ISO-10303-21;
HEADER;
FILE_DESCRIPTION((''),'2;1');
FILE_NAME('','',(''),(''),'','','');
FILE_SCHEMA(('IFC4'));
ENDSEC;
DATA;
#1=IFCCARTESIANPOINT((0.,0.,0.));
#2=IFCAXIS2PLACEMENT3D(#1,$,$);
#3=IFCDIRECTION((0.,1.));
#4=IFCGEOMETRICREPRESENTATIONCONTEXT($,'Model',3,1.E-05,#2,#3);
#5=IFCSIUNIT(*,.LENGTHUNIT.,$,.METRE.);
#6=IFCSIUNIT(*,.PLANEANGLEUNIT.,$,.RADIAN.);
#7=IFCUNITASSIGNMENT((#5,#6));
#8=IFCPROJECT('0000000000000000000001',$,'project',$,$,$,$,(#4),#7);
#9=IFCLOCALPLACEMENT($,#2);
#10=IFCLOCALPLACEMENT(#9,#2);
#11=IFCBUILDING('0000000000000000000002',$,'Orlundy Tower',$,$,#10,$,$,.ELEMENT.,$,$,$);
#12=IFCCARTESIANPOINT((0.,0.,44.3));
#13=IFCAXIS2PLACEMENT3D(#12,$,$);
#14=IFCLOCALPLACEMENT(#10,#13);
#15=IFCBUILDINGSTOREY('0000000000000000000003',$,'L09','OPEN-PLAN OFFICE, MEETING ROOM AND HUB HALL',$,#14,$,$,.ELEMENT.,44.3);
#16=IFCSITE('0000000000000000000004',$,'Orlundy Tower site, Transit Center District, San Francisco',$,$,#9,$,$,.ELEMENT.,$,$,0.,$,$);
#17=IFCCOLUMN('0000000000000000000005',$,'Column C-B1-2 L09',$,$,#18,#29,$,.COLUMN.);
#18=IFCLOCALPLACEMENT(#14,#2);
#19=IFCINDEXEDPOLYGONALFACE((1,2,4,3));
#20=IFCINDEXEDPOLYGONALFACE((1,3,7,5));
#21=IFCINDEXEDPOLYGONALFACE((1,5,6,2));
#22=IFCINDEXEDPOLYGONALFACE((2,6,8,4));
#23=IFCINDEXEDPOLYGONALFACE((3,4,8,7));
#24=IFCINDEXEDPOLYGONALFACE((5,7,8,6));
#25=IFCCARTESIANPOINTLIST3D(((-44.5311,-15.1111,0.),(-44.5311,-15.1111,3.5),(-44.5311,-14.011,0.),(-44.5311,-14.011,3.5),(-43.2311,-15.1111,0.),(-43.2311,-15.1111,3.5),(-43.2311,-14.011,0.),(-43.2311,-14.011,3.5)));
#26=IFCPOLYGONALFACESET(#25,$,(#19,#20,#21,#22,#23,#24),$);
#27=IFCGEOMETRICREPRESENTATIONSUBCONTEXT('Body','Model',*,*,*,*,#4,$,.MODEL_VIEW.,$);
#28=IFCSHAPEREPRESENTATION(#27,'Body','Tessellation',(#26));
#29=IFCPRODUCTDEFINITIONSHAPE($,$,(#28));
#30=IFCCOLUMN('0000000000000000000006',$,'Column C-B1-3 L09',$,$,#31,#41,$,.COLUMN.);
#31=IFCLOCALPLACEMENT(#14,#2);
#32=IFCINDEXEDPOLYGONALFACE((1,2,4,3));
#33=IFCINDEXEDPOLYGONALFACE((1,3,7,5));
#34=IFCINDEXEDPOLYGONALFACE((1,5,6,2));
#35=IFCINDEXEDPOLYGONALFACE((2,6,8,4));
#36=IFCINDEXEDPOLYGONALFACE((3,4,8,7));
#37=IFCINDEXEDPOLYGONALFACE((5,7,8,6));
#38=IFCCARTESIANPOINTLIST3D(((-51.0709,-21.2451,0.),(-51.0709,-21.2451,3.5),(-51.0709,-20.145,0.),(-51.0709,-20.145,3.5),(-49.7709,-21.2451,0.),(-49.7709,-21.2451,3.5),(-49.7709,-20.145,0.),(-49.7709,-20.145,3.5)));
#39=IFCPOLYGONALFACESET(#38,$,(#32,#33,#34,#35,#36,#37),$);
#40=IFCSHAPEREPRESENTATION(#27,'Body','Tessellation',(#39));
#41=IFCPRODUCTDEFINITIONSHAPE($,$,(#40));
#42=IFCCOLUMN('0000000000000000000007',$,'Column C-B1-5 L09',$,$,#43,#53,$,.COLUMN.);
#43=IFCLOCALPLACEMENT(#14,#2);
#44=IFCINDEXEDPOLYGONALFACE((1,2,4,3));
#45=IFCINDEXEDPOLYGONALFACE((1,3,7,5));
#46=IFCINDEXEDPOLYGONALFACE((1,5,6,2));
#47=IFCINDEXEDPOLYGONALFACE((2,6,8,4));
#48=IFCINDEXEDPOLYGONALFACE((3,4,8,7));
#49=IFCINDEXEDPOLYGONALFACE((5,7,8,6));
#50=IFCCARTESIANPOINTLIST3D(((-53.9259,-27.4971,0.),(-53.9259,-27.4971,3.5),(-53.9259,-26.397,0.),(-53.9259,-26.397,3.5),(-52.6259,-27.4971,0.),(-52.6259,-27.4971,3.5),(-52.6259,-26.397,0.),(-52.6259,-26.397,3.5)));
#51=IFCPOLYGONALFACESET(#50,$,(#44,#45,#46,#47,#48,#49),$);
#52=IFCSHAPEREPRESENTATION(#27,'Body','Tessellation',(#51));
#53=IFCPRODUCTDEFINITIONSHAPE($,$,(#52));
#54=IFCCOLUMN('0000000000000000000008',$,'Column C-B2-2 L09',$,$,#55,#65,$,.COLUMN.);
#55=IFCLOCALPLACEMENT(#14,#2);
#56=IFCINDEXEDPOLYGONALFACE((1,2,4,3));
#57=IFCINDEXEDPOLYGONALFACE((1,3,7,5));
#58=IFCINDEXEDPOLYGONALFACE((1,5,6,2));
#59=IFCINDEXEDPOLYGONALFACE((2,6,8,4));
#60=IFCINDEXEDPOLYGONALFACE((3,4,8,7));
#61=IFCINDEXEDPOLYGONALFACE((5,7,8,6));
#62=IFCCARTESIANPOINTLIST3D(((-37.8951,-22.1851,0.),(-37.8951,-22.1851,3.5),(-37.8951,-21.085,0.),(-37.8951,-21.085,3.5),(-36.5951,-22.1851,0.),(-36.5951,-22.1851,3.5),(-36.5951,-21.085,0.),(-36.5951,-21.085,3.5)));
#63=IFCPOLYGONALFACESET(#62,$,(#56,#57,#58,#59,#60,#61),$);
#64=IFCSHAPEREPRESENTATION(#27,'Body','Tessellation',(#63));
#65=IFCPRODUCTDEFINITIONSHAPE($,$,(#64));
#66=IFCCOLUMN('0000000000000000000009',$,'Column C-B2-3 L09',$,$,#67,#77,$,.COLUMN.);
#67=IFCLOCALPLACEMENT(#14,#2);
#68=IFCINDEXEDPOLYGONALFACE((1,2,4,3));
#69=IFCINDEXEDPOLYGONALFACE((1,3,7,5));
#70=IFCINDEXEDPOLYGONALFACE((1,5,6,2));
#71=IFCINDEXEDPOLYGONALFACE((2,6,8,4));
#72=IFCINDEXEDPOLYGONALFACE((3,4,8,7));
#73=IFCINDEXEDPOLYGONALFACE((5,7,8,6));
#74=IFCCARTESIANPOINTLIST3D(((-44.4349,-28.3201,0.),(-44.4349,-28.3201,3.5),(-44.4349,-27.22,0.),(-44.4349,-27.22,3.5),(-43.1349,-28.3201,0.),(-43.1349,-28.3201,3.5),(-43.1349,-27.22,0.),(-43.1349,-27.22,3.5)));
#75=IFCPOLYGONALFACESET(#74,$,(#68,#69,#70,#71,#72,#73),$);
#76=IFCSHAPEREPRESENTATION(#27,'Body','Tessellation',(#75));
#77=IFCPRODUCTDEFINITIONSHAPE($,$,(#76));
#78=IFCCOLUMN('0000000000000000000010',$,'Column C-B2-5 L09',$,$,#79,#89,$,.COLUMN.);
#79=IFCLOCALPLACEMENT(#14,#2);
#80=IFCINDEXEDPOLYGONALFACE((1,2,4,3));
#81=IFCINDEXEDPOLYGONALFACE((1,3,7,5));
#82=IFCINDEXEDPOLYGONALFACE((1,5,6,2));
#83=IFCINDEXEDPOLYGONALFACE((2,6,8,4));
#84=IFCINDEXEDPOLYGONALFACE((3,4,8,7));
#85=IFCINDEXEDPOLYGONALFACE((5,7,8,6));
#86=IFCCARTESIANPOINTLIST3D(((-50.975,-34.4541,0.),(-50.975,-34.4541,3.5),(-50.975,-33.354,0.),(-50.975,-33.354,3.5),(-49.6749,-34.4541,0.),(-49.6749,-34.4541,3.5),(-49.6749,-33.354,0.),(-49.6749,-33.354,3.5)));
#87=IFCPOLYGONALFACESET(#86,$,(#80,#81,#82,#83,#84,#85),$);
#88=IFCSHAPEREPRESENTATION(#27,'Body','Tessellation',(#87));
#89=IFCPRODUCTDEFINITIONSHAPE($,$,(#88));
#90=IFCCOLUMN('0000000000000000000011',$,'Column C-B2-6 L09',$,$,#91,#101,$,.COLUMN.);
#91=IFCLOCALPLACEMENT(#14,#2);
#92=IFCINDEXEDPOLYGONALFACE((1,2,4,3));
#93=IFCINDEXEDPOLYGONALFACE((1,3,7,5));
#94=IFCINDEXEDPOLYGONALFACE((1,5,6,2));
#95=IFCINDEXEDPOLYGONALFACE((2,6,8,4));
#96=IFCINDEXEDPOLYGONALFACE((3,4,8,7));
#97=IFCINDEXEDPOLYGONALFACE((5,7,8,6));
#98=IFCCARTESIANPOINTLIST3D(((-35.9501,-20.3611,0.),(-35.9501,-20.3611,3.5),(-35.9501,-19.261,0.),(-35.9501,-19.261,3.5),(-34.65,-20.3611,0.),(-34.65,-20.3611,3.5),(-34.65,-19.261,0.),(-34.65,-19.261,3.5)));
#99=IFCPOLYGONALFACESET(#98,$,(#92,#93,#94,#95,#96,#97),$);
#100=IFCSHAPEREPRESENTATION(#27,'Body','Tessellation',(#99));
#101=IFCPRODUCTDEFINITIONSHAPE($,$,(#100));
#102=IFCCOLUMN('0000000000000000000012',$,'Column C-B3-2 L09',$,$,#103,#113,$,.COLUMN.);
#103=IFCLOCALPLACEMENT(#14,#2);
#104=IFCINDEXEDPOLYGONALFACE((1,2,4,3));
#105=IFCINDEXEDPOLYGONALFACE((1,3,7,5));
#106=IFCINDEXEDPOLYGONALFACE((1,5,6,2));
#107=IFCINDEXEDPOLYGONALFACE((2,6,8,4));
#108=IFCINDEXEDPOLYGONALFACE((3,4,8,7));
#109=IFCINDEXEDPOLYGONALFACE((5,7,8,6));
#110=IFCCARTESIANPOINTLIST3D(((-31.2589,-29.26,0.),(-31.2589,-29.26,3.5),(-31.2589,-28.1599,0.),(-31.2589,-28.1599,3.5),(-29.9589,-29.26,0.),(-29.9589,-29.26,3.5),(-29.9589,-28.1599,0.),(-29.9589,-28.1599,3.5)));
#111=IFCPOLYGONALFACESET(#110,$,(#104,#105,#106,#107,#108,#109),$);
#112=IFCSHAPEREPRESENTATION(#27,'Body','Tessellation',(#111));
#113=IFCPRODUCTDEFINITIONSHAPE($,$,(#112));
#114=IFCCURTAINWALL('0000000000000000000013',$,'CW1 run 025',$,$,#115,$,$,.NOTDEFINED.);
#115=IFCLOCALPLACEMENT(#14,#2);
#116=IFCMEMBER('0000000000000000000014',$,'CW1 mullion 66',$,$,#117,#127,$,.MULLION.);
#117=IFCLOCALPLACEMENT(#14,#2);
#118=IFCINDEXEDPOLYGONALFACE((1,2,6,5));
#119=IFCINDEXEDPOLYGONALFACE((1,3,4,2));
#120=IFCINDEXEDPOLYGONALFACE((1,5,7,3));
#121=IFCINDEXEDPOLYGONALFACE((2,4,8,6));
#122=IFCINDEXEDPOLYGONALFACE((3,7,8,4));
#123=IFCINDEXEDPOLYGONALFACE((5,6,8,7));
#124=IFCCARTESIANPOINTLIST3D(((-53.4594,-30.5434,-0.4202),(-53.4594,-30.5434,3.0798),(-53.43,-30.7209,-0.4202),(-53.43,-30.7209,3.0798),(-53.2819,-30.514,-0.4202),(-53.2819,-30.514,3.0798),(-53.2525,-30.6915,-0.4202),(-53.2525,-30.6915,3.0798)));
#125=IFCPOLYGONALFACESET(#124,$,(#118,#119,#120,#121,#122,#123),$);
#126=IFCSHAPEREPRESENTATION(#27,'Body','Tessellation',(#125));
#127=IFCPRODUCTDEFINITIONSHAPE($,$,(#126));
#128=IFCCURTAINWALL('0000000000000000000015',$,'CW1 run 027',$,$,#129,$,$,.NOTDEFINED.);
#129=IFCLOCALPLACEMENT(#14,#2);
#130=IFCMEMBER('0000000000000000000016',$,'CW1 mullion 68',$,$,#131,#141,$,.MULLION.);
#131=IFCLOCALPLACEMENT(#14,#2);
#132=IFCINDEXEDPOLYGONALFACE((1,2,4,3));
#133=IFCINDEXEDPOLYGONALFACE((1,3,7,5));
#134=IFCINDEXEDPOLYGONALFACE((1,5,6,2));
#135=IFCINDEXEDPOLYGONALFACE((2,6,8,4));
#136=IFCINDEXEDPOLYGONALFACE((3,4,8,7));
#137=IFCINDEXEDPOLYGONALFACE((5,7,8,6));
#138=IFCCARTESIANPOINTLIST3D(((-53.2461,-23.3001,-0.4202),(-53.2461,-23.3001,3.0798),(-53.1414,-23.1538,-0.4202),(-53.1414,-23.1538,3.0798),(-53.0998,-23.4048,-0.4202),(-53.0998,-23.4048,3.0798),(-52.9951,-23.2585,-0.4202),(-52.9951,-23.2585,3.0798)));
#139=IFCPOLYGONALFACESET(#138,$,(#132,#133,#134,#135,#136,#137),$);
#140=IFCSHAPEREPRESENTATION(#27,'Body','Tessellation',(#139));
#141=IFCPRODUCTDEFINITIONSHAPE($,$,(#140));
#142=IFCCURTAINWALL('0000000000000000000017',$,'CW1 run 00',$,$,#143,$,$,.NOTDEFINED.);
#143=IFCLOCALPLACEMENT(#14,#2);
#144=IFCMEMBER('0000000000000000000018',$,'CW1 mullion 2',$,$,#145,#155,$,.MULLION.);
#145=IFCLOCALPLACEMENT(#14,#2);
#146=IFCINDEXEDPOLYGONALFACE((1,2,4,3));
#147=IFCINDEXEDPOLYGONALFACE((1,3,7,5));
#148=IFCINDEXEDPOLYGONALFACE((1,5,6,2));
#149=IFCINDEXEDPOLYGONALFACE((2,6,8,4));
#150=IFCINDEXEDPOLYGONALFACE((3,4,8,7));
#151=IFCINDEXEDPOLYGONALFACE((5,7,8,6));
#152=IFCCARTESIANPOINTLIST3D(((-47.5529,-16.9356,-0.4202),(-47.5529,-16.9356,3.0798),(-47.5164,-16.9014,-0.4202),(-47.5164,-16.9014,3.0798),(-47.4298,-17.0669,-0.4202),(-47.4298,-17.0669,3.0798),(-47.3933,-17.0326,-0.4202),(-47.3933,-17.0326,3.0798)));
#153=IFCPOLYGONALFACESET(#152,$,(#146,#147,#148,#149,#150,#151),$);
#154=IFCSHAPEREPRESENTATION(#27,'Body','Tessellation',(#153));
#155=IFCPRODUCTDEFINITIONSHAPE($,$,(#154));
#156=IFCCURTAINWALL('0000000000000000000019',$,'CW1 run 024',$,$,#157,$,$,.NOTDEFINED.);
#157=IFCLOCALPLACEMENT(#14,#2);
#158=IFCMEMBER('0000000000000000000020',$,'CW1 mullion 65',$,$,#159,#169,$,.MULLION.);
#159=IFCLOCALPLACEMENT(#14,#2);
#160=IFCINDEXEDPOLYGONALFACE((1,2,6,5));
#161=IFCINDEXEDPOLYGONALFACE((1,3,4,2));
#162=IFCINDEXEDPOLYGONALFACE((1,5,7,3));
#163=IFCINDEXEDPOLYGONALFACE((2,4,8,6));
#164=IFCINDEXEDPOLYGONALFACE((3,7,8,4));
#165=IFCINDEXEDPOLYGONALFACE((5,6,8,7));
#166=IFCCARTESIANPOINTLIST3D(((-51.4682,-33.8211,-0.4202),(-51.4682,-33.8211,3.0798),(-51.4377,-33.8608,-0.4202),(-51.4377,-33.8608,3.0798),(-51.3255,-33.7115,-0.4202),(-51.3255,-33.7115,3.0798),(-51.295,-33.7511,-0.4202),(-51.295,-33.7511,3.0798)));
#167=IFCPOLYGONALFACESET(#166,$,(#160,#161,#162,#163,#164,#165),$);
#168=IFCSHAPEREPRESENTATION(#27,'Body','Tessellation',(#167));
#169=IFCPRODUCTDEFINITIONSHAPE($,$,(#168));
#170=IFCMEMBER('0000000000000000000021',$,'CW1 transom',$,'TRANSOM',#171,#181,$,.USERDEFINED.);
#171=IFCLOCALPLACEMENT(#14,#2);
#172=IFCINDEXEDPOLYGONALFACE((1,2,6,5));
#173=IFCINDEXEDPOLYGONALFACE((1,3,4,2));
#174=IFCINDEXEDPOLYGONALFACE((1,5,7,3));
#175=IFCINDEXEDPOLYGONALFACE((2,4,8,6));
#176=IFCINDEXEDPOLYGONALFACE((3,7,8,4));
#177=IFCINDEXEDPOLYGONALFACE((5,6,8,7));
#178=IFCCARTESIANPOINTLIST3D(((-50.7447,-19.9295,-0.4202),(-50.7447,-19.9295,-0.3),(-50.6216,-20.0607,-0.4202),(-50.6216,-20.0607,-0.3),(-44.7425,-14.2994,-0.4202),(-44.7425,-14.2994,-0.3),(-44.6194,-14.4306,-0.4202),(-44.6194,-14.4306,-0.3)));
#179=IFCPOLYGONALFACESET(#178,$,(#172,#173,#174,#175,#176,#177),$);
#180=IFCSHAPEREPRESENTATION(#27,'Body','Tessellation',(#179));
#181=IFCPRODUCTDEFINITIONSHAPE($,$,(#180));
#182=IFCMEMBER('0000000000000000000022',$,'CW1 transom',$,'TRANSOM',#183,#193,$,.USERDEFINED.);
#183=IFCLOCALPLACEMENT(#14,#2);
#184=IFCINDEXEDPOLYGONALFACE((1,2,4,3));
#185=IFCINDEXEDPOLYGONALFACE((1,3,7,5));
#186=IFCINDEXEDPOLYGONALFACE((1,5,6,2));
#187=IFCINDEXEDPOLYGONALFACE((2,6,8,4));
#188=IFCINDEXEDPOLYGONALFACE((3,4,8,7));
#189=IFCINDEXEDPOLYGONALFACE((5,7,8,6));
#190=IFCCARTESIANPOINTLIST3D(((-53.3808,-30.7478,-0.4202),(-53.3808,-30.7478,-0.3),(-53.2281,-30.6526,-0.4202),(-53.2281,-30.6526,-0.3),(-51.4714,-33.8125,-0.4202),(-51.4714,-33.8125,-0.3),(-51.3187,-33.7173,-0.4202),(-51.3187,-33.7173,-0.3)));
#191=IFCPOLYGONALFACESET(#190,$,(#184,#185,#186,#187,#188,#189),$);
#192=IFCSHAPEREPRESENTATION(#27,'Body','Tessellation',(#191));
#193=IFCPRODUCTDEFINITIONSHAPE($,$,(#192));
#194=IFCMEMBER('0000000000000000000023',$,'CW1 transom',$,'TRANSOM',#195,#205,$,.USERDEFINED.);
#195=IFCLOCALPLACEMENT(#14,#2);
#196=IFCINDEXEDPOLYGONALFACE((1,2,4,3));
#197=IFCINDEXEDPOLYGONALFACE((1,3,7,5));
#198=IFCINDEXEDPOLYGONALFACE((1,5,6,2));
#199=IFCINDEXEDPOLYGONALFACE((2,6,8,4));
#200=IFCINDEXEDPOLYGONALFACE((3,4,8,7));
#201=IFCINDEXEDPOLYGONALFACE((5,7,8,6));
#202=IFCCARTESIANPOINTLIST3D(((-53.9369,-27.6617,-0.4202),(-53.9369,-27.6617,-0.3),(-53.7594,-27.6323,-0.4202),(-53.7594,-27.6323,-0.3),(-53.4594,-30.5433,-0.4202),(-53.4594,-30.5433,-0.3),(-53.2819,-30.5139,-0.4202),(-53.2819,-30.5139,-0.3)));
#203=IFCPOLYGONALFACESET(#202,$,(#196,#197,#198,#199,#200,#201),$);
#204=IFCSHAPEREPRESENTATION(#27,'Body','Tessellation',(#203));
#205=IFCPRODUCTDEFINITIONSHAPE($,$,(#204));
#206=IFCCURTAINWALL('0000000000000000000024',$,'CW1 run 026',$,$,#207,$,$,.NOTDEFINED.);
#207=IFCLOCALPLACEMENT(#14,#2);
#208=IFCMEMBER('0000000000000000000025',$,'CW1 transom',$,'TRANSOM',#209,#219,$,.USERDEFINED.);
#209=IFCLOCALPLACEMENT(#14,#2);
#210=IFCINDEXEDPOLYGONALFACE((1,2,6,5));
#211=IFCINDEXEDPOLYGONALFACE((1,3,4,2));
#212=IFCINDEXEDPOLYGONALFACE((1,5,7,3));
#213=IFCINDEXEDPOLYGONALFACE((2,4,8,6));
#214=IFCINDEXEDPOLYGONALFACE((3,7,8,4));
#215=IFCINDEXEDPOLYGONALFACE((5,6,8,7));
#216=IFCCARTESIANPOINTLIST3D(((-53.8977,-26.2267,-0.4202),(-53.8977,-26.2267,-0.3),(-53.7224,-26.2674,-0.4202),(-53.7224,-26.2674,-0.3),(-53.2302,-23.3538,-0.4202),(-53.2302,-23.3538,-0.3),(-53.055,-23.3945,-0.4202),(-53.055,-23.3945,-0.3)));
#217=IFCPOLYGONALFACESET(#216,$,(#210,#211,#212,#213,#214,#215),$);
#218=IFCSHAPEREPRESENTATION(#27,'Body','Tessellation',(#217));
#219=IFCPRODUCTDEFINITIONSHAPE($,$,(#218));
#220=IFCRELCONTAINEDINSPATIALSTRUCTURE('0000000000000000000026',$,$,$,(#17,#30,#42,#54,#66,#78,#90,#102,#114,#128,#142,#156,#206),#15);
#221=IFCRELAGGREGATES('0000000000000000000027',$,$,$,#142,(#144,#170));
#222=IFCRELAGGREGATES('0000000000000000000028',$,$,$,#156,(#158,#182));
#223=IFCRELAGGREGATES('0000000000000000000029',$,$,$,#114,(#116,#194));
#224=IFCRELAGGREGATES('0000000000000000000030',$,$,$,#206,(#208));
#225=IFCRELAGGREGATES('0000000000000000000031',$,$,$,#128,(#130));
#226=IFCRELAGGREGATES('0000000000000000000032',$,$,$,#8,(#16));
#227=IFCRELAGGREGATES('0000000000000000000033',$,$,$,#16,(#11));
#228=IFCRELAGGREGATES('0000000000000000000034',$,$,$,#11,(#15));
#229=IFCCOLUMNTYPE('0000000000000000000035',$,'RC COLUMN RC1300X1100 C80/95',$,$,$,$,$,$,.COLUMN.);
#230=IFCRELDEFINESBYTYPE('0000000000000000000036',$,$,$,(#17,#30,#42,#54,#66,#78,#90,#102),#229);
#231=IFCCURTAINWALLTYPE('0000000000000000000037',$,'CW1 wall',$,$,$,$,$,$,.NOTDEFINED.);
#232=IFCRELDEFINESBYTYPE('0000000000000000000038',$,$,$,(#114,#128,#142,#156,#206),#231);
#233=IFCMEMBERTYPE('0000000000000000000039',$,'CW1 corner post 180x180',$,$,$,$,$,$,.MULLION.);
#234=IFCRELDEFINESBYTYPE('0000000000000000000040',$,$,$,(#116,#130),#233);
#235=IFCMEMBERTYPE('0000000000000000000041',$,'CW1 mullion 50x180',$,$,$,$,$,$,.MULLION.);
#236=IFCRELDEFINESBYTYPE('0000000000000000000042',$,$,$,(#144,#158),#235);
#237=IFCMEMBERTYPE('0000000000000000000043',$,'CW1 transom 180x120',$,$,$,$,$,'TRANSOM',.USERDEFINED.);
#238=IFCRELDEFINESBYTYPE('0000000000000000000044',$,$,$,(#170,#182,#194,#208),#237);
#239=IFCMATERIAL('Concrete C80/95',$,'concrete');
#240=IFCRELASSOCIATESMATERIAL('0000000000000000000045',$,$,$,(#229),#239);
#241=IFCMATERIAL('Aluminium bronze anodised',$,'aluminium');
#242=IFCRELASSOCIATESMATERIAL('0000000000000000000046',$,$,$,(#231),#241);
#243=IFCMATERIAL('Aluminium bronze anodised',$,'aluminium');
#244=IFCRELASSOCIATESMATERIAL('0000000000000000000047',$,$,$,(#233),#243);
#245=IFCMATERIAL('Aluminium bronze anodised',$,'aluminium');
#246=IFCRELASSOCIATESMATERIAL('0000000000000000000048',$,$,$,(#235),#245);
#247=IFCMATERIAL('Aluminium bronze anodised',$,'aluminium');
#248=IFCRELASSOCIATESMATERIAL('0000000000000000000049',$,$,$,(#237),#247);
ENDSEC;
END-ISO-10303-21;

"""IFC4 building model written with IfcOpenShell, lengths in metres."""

from ifc_helpers import new_model, si_unit, direction, frame, origin, origin_2d, place, context, subcontext, project, spatial, rectangle, extrude, material, material_profile, profile_set, type_object, element, aggregate, save


model = new_model("IFC4")

# Units and contexts
model_context = context("Model", 3, precision=1e-05, world=origin(), true_north=direction((0.0, 1.0)))
body_context = subcontext(model_context, "Body", "Model", "MODEL_VIEW")
ifc_project = project(units=[si_unit("LENGTHUNIT", "METRE"), si_unit("PLANEANGLEUNIT", "RADIAN")], contexts=[model_context])

# Site, building, storey
site_placement = place(None, origin())
site = spatial("IfcSite", under=ifc_project, at=site_placement, Name="Orlundy Tower site, Transit Center District, San Francisco", CompositionType="ELEMENT", RefElevation=0.0)
building_placement = place(site_placement, origin())
building = spatial("IfcBuilding", under=site, at=building_placement, Name="Orlundy Tower", CompositionType="ELEMENT")
storey_placement = place(building_placement, frame((0.0, 0.0, 44.3)))
storey = spatial("IfcBuildingStorey", under=building, at=storey_placement, Name="L09", Description="OPEN-PLAN OFFICE, MEETING ROOM AND HUB HALL", CompositionType="ELEMENT", Elevation=44.3)

# Columns
ifc_material_1 = material(Name="Concrete C80/95", Category="concrete")
ifc_material_profile_1 = material_profile(ifc_material_1, rectangle(XDim=1.3, YDim=1.1001, at=origin_2d()), Name="RC1300X1100")
ifc_profile_set_1 = profile_set([ifc_material_profile_1], Name="Concrete C80/95")
column_type = type_object("IfcColumnType", Name="RC COLUMN RC1300X1100 C80/95", PredefinedType="COLUMN", material=ifc_profile_set_1)
for number, where, z_axis, x_axis, name in (
    (1, (-43.8811, -14.561, 0.0), (0.0, 0.0, 1.0), (1.0, 0.0, 0.0), "Column C-B1-2 L09"),
    (2, (-50.4209, -20.6951, 0.0), (0.0, 0.0, 1.0), (1.0, 0.0, 0.0), "Column C-B1-3 L09"),
    (3, (-53.2759, -26.947, 0.0), (0.0, 0.0, 1.0), (1.0, 0.0, 0.0), "Column C-B1-5 L09"),
    (4, (-37.2451, -21.635, 0.0), (0.0, 0.0, 1.0), (1.0, 0.0, 0.0), "Column C-B2-2 L09"),
    (5, (-43.7849, -27.77, 0.0), (0.0, 0.0, 1.0), (1.0, 0.0, 0.0), "Column C-B2-3 L09"),
    (6, (-50.325, -33.9041, 0.0), (0.0, 0.0, 1.0), (1.0, 0.0, 0.0), "Column C-B2-5 L09"),
    (7, (-35.3, -19.811, 0.0), (0.0, 0.0, 1.0), (1.0, 0.0, 0.0), "Column C-B2-6 L09"),
    (8, (-30.6089, -28.71, 0.0), (0.0, 0.0, 1.0), (1.0, 0.0, 0.0), "Column C-B3-2 L09"),
):
    element("IfcColumn", number, at=place(storey_placement, frame(where, z_axis=z_axis, x_axis=x_axis)), inside=storey, type_object=column_type, Name=name, PredefinedType="COLUMN", context=body_context, shape_type="SweptSolid", body=[
        extrude(rectangle(XDim=1.3, YDim=1.1001, at=origin_2d()), origin(), (0.0, 0.0, 1.0), 3.5),
    ])

# Curtain walls, members
ifc_material_2 = material(Name="Aluminium bronze anodised", Category="aluminium")
curtain_wall_type = type_object("IfcCurtainWallType", Name="CW1 wall", PredefinedType="NOTDEFINED", material=ifc_material_2)
curtain_wall_1_placement = place(storey_placement, origin())
curtain_wall_1 = element("IfcCurtainWall", 9, at=curtain_wall_1_placement, inside=storey, type_object=curtain_wall_type, Name="CW1 run 025", PredefinedType="NOTDEFINED")
ifc_material_3 = material(Name="Aluminium bronze anodised", Category="aluminium")
ifc_material_profile_2 = material_profile(ifc_material_3, rectangle(XDim=0.1799, YDim=0.1799, at=origin_2d()), Name="CW1 corner post 180x180")
ifc_profile_set_2 = profile_set([ifc_material_profile_2], Name="Aluminium bronze anodised")
member_type_1 = type_object("IfcMemberType", Name="CW1 corner post 180x180", PredefinedType="MULLION", material=ifc_profile_set_2)
member_1_placement = place(storey_placement, frame((-53.356, -30.6174, -0.4202), z_axis=(0.0, 0.0, 1.0), x_axis=(-0.986547, -0.16348, 0.0)))
member_1 = element("IfcMember", 10, at=member_1_placement, type_object=member_type_1, Name="CW1 mullion 66", PredefinedType="MULLION", context=body_context, shape_type="SweptSolid", body=[
    extrude(rectangle(XDim=0.1799, YDim=0.1799, at=origin_2d()), origin(), (0.0, 0.0, 1.0), 3.5),
])
curtain_wall_2_placement = place(storey_placement, origin())
curtain_wall_2 = element("IfcCurtainWall", 11, at=curtain_wall_2_placement, inside=storey, type_object=curtain_wall_type, Name="CW1 run 027", PredefinedType="NOTDEFINED")
member_2_placement = place(storey_placement, frame((-53.1206, -23.2793, -0.4202), z_axis=(0.0, 0.0, 1.0), x_axis=(-0.813204, 0.581978, 0.0)))
member_2 = element("IfcMember", 12, at=member_2_placement, type_object=member_type_1, Name="CW1 mullion 68", PredefinedType="MULLION", context=body_context, shape_type="SweptSolid", body=[
    extrude(rectangle(XDim=0.1799, YDim=0.1799, at=origin_2d()), origin(), (0.0, 0.0, 1.0), 3.5),
])
curtain_wall_3_placement = place(storey_placement, origin())
curtain_wall_3 = element("IfcCurtainWall", 13, at=curtain_wall_3_placement, inside=storey, type_object=curtain_wall_type, Name="CW1 run 00", PredefinedType="NOTDEFINED")
ifc_material_4 = material(Name="Aluminium bronze anodised", Category="aluminium")
ifc_material_profile_3 = material_profile(ifc_material_4, rectangle(XDim=0.1799, YDim=0.05, at=origin_2d()), Name="CW1 mullion 50x180")
ifc_profile_set_3 = profile_set([ifc_material_profile_3], Name="Aluminium bronze anodised")
member_type_2 = type_object("IfcMemberType", Name="CW1 mullion 50x180", PredefinedType="MULLION", material=ifc_profile_set_3)
member_3_placement = place(storey_placement, frame((-47.4731, -16.9841, -0.4202), z_axis=(0.0, 0.0, 1.0), x_axis=(-0.684139, 0.729351, 0.0)))
member_3 = element("IfcMember", 14, at=member_3_placement, type_object=member_type_2, Name="CW1 mullion 2", PredefinedType="MULLION", context=body_context, shape_type="SweptSolid", body=[
    extrude(rectangle(XDim=0.1799, YDim=0.05, at=origin_2d()), origin(), (0.0, 0.0, 1.0), 3.5),
])
curtain_wall_4_placement = place(storey_placement, origin())
curtain_wall_4 = element("IfcCurtainWall", 15, at=curtain_wall_4_placement, inside=storey, type_object=curtain_wall_type, Name="CW1 run 024", PredefinedType="NOTDEFINED")
member_4_placement = place(storey_placement, frame((-51.3816, -33.7861, -0.4202), z_axis=(0.0, 0.0, 1.0), x_axis=(-0.792873, -0.609387, 0.0)))
member_4 = element("IfcMember", 16, at=member_4_placement, type_object=member_type_2, Name="CW1 mullion 65", PredefinedType="MULLION", context=body_context, shape_type="SweptSolid", body=[
    extrude(rectangle(XDim=0.1799, YDim=0.05, at=origin_2d()), origin(), (0.0, 0.0, 1.0), 3.5),
])

# Members
ifc_material_5 = material(Name="Aluminium bronze anodised", Category="aluminium")
ifc_material_profile_4 = material_profile(ifc_material_5, rectangle(XDim=0.1799, YDim=0.1201, at=origin_2d()), Name="CW1 transom 180x120")
ifc_profile_set_4 = profile_set([ifc_material_profile_4], Name="Aluminium bronze anodised")
member_type_3 = type_object("IfcMemberType", Name="CW1 transom 180x120", ElementType="TRANSOM", PredefinedType="USERDEFINED", material=ifc_profile_set_4)
member_5_placement = place(storey_placement, frame((-50.6831, -19.9951, -0.3601), z_axis=(0.729351, 0.684139, 0.0), x_axis=(-0.684139, 0.729351, 0.0)))
member_5 = element("IfcMember", 17, at=member_5_placement, type_object=member_type_3, Name="CW1 transom", ObjectType="TRANSOM", PredefinedType="USERDEFINED", context=body_context, shape_type="SweptSolid", body=[
    extrude(rectangle(XDim=0.1799, YDim=0.1201, at=origin_2d()), origin(), (0.0, 0.0, 1.0), 8.2295),
])
member_6_placement = place(storey_placement, frame((-51.395, -33.7649, -0.3601), z_axis=(-0.528801, 0.848746, 0.0), x_axis=(-0.848746, -0.528801, 0.0)))
member_6 = element("IfcMember", 18, at=member_6_placement, type_object=member_type_3, Name="CW1 transom", ObjectType="TRANSOM", PredefinedType="USERDEFINED", context=body_context, shape_type="SweptSolid", body=[
    extrude(rectangle(XDim=0.1799, YDim=0.1201, at=origin_2d()), origin(), (0.0, 0.0, 1.0), 3.6108),
])
member_7_placement = place(storey_placement, frame((-53.3706, -30.5286, -0.3601), z_axis=(-0.163491, 0.986545, 0.0), x_axis=(-0.986545, -0.163491, 0.0)))
member_7 = element("IfcMember", 19, at=member_7_placement, type_object=member_type_3, Name="CW1 transom", ObjectType="TRANSOM", PredefinedType="USERDEFINED", context=body_context, shape_type="SweptSolid", body=[
    extrude(rectangle(XDim=0.1799, YDim=0.1201, at=origin_2d()), origin(), (0.0, 0.0, 1.0), 2.9209),
])

# Curtain wall, member
curtain_wall_5_placement = place(storey_placement, origin())
curtain_wall_5 = element("IfcCurtainWall", 20, at=curtain_wall_5_placement, inside=storey, type_object=curtain_wall_type, Name="CW1 run 026", PredefinedType="NOTDEFINED")
member_8_placement = place(storey_placement, frame((-53.8101, -26.2471, -0.3601), z_axis=(0.226298, 0.974058, 0.0), x_axis=(-0.974058, 0.226298, 0.0)))
member_8 = element("IfcMember", 21, at=member_8_placement, type_object=member_type_3, Name="CW1 transom", ObjectType="TRANSOM", PredefinedType="USERDEFINED", context=body_context, shape_type="SweptSolid", body=[
    extrude(rectangle(XDim=0.1799, YDim=0.1201, at=origin_2d()), origin(), (0.0, 0.0, 1.0), 2.9495),
])

aggregate(curtain_wall_3, [member_3, member_5])

aggregate(curtain_wall_4, [member_4, member_6])
aggregate(curtain_wall_1, [member_1, member_7])
aggregate(curtain_wall_5, [member_8])
aggregate(curtain_wall_2, [member_2])

save(model, "model.ifc")
